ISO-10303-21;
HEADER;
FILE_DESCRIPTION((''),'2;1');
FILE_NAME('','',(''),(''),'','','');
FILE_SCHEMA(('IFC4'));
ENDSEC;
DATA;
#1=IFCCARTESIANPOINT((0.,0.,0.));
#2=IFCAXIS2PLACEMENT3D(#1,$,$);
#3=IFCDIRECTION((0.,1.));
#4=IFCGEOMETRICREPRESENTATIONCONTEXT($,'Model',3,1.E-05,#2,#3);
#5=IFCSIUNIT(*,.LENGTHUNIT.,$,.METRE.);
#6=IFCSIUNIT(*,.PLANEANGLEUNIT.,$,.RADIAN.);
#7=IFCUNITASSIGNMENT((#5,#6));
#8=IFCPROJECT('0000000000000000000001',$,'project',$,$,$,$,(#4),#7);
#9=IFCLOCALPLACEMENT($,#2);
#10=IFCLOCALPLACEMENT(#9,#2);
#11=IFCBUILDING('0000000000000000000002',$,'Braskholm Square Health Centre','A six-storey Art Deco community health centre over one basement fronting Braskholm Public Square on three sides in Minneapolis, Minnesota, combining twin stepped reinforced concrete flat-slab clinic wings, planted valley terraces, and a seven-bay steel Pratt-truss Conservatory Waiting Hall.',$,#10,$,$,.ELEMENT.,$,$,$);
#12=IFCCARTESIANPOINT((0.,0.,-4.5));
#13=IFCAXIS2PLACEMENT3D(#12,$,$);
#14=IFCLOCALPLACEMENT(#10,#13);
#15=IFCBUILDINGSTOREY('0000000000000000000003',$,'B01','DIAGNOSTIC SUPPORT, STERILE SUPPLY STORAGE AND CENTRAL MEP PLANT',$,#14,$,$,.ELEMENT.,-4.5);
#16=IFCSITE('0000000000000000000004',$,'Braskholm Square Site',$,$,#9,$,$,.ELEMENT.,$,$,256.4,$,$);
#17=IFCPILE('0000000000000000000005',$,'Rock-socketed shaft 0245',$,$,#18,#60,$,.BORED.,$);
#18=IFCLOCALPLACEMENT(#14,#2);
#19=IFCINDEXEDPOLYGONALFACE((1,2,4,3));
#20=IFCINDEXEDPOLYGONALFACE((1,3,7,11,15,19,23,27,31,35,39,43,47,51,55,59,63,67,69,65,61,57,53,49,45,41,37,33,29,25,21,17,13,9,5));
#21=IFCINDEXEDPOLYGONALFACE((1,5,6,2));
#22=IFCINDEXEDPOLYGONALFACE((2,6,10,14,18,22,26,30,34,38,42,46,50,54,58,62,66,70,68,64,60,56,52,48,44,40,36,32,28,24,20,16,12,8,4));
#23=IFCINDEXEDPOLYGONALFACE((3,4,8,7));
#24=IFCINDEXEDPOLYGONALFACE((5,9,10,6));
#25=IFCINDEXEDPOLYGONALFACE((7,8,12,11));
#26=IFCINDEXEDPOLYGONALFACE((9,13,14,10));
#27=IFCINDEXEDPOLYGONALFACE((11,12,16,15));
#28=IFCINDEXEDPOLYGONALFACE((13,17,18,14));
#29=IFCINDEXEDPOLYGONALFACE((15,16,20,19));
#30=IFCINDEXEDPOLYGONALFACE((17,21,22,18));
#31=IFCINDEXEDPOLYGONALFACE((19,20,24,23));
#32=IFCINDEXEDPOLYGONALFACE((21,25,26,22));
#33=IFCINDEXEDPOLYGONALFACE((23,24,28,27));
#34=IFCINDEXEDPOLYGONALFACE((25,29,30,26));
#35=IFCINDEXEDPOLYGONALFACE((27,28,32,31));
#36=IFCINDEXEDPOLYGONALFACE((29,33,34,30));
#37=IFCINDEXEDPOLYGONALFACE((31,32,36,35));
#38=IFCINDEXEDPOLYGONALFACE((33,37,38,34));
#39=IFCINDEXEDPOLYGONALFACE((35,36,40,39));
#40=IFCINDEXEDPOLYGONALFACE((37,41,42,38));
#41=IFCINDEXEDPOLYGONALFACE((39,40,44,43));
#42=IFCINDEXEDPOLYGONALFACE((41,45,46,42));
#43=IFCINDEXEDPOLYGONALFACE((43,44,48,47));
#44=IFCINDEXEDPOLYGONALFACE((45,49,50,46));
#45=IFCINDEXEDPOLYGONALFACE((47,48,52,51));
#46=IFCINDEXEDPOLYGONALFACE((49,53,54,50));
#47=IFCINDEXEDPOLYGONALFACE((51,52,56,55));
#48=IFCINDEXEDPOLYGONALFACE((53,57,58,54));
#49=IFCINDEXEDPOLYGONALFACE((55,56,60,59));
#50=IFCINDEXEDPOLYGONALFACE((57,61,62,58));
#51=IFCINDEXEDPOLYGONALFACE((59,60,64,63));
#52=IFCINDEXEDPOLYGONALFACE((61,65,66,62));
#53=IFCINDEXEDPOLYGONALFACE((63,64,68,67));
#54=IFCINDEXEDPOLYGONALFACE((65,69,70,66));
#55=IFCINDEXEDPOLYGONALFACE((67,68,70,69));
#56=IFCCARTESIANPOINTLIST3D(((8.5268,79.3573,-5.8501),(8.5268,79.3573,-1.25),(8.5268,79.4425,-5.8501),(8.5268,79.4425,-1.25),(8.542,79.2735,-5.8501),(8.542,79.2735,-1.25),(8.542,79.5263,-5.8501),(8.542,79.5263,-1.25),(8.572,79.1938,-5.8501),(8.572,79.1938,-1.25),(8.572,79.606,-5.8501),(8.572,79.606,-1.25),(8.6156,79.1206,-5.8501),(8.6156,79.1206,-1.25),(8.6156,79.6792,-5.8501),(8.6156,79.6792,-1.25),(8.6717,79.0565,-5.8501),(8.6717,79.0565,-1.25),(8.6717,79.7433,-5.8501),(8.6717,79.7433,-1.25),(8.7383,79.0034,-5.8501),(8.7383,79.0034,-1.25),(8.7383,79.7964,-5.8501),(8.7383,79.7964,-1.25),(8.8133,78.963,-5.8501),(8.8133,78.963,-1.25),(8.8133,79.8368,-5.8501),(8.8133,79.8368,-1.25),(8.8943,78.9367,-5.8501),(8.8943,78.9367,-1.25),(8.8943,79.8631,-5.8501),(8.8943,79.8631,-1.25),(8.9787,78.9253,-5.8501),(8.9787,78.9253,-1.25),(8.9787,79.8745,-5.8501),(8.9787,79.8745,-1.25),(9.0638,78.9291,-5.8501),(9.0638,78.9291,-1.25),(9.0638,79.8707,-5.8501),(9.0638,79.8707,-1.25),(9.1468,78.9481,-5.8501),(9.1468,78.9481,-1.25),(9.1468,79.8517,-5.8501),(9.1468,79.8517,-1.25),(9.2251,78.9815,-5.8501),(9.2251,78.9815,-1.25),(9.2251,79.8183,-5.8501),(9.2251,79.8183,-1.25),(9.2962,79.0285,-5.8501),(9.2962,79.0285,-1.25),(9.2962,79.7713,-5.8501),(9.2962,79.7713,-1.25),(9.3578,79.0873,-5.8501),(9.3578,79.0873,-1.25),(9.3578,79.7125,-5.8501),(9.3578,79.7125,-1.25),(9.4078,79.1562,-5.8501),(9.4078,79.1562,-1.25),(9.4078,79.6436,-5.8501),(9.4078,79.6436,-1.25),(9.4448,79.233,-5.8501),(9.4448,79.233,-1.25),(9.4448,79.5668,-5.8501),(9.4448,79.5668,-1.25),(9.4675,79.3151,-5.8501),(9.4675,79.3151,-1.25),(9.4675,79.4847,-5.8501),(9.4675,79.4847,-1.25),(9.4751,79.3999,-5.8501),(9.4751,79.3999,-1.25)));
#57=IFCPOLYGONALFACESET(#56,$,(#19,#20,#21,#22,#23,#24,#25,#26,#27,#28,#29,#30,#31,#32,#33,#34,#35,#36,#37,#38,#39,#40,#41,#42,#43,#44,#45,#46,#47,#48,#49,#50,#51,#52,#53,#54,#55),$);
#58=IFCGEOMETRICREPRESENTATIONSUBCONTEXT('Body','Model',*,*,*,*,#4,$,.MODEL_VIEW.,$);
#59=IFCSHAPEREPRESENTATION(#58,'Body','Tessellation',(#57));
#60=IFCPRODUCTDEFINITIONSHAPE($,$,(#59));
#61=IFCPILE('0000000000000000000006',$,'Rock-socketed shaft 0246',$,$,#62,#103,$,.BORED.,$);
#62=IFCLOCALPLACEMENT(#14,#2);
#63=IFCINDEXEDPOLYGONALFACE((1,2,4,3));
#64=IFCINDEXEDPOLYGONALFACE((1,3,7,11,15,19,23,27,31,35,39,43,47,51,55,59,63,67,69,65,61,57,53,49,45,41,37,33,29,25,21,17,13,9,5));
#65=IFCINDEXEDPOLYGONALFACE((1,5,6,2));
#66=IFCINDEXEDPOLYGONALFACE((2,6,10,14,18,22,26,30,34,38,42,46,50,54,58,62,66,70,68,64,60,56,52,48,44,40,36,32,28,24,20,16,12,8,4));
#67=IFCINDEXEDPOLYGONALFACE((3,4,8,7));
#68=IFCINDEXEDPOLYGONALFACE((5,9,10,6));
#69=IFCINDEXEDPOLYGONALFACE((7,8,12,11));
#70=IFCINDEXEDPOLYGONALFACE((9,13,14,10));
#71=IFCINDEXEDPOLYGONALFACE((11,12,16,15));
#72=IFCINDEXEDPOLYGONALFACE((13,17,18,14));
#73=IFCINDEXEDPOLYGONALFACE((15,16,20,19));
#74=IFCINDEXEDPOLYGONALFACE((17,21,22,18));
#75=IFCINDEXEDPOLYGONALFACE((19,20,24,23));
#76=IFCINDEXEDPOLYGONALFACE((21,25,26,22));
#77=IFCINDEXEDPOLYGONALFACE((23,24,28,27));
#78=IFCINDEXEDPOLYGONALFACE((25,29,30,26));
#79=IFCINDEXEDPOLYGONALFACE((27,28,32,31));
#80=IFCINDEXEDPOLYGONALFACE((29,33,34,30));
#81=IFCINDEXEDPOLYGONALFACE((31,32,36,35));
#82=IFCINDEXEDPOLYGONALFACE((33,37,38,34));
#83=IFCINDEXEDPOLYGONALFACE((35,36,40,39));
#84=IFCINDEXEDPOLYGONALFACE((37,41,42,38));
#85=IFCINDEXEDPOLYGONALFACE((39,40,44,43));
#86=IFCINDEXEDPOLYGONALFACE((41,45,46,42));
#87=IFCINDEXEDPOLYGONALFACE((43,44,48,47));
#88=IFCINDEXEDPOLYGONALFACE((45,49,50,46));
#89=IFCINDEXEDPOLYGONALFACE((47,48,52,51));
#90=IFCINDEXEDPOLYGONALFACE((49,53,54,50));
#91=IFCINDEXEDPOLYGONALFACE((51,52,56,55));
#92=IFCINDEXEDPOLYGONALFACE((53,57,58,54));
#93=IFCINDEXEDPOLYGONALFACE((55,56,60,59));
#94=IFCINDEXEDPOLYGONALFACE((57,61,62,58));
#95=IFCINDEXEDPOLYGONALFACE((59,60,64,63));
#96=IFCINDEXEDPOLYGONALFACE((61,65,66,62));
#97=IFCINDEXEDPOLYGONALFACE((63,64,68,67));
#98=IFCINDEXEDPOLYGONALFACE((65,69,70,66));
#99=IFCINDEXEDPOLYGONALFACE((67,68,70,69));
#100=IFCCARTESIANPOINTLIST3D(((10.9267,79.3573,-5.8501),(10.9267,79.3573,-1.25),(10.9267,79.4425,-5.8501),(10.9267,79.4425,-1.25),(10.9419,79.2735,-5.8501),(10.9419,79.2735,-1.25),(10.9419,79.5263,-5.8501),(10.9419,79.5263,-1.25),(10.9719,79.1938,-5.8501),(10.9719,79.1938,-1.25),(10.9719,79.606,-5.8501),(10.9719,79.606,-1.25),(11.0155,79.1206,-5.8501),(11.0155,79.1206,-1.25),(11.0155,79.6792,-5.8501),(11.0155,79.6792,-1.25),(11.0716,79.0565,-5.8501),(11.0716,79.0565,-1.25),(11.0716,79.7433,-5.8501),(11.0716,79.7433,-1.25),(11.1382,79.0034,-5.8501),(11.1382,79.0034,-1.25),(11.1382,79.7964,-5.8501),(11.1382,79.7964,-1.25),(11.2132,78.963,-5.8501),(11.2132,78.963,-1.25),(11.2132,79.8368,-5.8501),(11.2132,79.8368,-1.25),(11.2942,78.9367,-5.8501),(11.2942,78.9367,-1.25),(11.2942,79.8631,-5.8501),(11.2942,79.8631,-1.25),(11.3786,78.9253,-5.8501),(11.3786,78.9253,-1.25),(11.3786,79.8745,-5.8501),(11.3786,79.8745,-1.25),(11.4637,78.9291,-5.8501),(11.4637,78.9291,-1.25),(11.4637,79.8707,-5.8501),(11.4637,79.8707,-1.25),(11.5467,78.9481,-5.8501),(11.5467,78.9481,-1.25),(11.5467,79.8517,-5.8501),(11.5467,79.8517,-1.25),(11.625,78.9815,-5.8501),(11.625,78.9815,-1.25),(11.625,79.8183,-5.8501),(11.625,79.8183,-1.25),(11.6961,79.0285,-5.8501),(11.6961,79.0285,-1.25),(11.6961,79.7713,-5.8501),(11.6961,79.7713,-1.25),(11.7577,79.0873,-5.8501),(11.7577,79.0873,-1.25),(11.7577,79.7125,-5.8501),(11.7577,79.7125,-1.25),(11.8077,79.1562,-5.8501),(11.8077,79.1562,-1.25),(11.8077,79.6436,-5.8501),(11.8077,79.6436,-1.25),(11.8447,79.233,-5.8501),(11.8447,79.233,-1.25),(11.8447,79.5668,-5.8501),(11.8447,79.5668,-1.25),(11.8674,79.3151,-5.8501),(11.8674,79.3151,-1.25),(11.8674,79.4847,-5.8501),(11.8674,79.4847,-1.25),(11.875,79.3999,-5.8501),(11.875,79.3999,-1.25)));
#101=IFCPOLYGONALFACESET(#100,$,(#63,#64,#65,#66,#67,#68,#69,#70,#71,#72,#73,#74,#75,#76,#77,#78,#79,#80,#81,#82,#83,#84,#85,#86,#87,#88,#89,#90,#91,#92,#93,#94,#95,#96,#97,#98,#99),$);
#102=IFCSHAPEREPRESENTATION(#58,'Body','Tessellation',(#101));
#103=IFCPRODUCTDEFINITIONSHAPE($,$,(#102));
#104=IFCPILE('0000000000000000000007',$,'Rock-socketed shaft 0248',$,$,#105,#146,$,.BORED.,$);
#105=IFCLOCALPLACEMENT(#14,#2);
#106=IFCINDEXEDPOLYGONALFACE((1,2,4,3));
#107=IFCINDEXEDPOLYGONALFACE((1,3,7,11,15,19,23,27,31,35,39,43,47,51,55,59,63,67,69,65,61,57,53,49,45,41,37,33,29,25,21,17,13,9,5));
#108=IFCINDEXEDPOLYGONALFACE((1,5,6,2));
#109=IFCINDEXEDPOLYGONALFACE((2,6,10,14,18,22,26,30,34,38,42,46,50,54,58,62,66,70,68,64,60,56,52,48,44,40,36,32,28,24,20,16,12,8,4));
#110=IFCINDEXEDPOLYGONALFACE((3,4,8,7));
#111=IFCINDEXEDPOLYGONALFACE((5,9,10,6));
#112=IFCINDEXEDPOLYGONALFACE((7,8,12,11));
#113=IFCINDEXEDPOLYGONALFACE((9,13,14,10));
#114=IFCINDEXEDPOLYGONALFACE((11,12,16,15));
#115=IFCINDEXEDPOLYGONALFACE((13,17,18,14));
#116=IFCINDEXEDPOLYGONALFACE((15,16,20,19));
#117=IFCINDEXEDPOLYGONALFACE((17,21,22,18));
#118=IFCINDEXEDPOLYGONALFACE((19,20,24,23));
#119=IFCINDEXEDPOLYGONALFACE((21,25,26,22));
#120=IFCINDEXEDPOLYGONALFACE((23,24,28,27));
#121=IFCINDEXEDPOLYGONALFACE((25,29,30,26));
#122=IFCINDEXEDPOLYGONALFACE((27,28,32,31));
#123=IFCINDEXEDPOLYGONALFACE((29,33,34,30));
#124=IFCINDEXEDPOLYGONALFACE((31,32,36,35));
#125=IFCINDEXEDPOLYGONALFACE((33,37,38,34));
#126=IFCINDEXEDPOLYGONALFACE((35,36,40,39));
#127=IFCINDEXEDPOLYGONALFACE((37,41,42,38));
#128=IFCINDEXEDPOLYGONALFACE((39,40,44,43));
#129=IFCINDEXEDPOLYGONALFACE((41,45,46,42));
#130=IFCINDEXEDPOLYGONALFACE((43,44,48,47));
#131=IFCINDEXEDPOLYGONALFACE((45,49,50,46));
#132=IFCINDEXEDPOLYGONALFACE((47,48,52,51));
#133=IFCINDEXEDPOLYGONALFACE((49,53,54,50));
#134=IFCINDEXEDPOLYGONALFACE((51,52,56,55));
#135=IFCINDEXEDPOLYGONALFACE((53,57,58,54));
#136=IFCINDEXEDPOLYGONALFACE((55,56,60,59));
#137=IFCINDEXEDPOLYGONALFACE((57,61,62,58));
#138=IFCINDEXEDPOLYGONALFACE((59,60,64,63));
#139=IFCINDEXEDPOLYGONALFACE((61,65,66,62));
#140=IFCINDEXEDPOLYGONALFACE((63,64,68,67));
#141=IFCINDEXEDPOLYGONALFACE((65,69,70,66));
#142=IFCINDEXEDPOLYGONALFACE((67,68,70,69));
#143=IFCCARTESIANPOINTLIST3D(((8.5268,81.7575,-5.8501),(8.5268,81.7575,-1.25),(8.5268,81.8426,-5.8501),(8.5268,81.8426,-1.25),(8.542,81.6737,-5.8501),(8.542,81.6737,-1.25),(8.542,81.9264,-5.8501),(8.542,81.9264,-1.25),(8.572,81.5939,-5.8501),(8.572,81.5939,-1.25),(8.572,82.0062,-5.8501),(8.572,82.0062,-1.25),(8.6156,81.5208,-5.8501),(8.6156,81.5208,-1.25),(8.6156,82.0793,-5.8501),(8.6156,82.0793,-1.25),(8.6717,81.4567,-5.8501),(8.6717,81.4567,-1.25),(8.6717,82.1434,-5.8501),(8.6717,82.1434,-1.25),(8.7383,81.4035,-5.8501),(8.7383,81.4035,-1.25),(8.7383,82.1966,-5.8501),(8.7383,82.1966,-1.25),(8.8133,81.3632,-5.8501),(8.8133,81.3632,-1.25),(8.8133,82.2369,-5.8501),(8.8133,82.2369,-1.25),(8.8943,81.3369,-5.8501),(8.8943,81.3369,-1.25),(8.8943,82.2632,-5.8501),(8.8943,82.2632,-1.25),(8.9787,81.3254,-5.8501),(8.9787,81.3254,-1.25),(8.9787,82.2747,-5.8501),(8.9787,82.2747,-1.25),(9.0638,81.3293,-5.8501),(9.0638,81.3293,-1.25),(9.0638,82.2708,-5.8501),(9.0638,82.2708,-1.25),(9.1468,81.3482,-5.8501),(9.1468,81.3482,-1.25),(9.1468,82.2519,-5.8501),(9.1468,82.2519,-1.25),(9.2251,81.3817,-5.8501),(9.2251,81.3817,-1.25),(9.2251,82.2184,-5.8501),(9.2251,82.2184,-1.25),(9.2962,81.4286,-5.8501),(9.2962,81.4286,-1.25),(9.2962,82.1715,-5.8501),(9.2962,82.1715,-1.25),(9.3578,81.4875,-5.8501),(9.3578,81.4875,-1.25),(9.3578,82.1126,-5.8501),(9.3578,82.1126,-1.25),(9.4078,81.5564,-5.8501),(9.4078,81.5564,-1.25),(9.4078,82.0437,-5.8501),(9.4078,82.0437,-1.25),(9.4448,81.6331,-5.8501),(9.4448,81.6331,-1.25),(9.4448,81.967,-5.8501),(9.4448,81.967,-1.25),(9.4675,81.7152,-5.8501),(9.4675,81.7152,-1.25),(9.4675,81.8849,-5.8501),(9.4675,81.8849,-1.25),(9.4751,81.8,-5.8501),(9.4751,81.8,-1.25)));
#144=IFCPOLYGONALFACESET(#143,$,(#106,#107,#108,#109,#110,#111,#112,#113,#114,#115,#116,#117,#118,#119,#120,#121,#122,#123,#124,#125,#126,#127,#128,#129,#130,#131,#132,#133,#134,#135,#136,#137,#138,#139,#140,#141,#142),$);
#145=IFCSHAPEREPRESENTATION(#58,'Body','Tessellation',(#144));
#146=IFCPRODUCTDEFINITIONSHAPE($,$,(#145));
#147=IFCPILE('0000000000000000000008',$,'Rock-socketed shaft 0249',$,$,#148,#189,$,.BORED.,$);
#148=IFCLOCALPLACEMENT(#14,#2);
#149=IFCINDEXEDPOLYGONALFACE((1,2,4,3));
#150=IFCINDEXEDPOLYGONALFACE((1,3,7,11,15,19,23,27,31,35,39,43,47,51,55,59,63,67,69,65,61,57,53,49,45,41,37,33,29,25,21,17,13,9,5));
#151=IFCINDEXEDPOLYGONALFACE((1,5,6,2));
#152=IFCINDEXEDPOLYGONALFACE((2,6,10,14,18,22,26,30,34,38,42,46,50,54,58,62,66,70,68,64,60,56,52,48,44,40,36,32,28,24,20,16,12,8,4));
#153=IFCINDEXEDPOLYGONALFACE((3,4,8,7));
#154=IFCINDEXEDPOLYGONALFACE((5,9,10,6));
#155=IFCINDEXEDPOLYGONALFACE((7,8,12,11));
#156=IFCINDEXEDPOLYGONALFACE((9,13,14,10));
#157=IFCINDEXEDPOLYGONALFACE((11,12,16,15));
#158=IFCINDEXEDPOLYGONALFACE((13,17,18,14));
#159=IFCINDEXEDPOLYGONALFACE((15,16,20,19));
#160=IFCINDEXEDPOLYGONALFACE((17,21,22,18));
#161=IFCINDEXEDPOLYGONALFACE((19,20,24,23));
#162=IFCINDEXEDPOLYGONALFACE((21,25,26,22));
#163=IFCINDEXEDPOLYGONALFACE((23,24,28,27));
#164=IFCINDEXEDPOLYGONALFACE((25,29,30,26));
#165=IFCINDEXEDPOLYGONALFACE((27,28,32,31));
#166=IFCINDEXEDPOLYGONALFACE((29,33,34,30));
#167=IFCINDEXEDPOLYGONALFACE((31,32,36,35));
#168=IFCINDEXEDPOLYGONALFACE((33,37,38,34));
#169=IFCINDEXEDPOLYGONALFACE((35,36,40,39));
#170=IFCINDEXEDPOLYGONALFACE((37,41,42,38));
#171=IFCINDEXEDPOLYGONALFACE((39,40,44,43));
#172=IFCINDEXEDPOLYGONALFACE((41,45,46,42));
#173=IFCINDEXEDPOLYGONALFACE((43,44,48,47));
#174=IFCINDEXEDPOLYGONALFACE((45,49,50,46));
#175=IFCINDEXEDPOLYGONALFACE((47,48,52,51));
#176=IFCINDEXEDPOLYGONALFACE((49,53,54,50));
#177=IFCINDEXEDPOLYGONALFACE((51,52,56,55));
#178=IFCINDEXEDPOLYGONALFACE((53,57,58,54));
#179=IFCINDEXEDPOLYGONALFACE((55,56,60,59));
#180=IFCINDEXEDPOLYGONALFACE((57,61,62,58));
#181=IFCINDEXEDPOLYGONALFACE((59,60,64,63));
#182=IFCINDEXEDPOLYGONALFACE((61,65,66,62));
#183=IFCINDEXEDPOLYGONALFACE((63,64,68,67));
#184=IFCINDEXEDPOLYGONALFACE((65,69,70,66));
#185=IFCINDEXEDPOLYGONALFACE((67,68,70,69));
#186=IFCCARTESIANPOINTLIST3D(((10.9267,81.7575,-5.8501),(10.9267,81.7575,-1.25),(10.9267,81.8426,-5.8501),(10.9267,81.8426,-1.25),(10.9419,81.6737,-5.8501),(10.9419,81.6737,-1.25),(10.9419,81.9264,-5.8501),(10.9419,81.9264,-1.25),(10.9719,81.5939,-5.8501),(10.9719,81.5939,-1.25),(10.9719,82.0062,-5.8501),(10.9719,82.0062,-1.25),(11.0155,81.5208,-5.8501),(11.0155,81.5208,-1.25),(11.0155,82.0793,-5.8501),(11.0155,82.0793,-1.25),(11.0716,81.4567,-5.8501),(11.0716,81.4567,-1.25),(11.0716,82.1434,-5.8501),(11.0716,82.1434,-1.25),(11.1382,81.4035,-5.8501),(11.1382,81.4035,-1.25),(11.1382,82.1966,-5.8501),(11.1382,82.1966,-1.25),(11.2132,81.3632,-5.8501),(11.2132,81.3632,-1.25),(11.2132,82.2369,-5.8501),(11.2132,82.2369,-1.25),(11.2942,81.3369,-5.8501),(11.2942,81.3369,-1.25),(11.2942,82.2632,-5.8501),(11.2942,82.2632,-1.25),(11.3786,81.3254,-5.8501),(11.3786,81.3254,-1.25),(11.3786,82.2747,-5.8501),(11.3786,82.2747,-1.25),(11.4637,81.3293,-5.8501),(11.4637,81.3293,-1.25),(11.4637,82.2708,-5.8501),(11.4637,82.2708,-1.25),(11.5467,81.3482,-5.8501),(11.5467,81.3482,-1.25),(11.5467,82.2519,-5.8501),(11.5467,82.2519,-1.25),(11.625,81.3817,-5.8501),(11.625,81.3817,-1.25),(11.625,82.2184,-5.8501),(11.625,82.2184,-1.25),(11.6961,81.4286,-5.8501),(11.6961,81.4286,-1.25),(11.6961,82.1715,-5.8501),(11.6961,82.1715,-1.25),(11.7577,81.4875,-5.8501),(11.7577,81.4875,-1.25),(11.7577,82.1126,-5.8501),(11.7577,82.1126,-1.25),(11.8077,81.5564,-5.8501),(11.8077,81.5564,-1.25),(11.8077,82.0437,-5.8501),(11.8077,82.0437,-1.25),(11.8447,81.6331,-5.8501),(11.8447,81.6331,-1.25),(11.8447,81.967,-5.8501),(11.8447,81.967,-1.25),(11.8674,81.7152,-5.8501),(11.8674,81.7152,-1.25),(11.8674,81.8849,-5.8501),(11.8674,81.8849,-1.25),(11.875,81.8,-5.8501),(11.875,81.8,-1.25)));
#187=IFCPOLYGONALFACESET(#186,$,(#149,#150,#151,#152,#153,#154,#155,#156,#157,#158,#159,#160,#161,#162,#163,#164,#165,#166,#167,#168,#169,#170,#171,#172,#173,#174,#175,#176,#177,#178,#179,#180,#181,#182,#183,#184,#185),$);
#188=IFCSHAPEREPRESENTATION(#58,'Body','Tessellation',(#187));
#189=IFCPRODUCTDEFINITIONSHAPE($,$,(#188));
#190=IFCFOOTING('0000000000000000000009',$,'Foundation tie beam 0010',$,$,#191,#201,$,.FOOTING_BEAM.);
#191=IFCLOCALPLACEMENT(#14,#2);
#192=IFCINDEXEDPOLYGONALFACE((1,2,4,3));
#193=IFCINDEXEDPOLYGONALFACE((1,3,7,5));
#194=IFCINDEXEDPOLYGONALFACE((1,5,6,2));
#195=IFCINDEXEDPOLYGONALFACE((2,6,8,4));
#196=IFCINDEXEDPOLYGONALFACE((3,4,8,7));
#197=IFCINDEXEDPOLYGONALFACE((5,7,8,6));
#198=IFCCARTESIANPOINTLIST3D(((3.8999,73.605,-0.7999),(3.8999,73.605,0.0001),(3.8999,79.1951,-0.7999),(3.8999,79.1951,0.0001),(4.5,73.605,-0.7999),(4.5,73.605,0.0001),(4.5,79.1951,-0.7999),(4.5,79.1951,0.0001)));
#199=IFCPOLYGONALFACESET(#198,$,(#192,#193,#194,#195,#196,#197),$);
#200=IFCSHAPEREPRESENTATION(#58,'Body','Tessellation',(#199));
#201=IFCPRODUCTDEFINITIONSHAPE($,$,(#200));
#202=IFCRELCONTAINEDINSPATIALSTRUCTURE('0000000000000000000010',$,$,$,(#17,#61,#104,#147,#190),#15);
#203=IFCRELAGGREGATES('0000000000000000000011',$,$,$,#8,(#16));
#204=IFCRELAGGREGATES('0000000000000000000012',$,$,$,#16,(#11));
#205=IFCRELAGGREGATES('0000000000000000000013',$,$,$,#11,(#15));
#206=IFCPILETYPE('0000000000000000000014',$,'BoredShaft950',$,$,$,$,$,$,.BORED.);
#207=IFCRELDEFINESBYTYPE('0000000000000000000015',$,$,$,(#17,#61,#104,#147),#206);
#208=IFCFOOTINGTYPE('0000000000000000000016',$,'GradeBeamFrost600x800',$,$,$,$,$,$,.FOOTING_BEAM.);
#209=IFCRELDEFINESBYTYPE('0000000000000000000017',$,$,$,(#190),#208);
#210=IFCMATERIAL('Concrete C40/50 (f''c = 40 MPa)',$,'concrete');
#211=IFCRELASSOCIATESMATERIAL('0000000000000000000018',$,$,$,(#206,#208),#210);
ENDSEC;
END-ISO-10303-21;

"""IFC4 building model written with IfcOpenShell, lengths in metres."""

from ifc_helpers import new_model, si_unit, direction, frame, origin, origin_2d, place, context, subcontext, project, spatial, rectangle, circle, extrude, material, material_profile, profile_set, type_object, element, save


model = new_model("IFC4")

# Units and contexts
model_context = context("Model", 3, precision=1e-05, world=origin(), true_north=direction((0.0, 1.0)))
body_context = subcontext(model_context, "Body", "Model", "MODEL_VIEW")
ifc_project = project(units=[si_unit("LENGTHUNIT", "METRE"), si_unit("PLANEANGLEUNIT", "RADIAN")], contexts=[model_context])

# Site, building, storey
site_placement = place(None, origin())
site = spatial("IfcSite", under=ifc_project, at=site_placement, Name="Braskholm Square Site", CompositionType="ELEMENT", RefElevation=256.4)
building_placement = place(site_placement, origin())
building = spatial("IfcBuilding", under=site, at=building_placement, Name="Braskholm Square Health Centre", Description="A six-storey Art Deco community health centre over one basement fronting Braskholm Public Square on three sides in Minneapolis, Minnesota, combining twin stepped reinforced concrete flat-slab clinic wings, planted valley terraces, and a seven-bay steel Pratt-truss Conservatory Waiting Hall.", CompositionType="ELEMENT")
storey_placement = place(building_placement, frame((0.0, 0.0, -4.5)))
storey = spatial("IfcBuildingStorey", under=building, at=storey_placement, Name="B01", Description="DIAGNOSTIC SUPPORT, STERILE SUPPLY STORAGE AND CENTRAL MEP PLANT", CompositionType="ELEMENT", Elevation=-4.5)

# Piles
ifc_material_1 = material(Name="Concrete C40/50 (f'c = 40 MPa)", Category="concrete")
ifc_material_profile_1 = material_profile(ifc_material_1, circle(Radius=0.4751, at=origin_2d()), Name="BORED-PILE-950")
ifc_profile_set_1 = profile_set([ifc_material_profile_1], Name="Concrete C40/50 (f'c = 40 MPa)")
pile_type_1 = type_object("IfcPileType", Name="BoredShaft950", PredefinedType="BORED", material=ifc_profile_set_1)
for number, where, z_axis, x_axis, name in (
    (1, (9.0, 79.3999, -1.25), (0.0, 0.0, -1.0), (1.0, 0.0, 0.0), "Rock-socketed shaft 0245"),
    (2, (11.3999, 79.3999, -1.25), (0.0, 0.0, -1.0), (1.0, 0.0, 0.0), "Rock-socketed shaft 0246"),
    (3, (9.0, 81.8, -1.25), (0.0, 0.0, -1.0), (1.0, 0.0, 0.0), "Rock-socketed shaft 0248"),
    (4, (11.3999, 81.8, -1.25), (0.0, 0.0, -1.0), (1.0, 0.0, 0.0), "Rock-socketed shaft 0249"),
):
    element("IfcPile", number, at=place(storey_placement, frame(where, z_axis=z_axis, x_axis=x_axis)), inside=storey, type_object=pile_type_1, Name=name, PredefinedType="BORED", context=body_context, shape_type="SweptSolid", body=[
        extrude(circle(Radius=0.4751, at=origin_2d()), origin(), (0.0, 0.0, 1.0), 4.6001),
    ])

# Footing
ifc_material_profile_2 = material_profile(ifc_material_1, rectangle(XDim=0.6001, YDim=0.8, at=origin_2d()), Name="FTG-600X800")
ifc_profile_set_2 = profile_set([ifc_material_profile_2], Name="Concrete C40/50 (f'c = 40 MPa)")
footing_type_1 = type_object("IfcFootingType", Name="GradeBeamFrost600x800", PredefinedType="FOOTING_BEAM", material=ifc_profile_set_2)
footing_1_placement = place(storey_placement, frame((4.2, 73.605, -0.3999), z_axis=(0.0, 1.0, 0.0), x_axis=(-1.0, 0.0, 0.0)))
element("IfcFooting", 5, at=footing_1_placement, inside=storey, type_object=footing_type_1, Name="Foundation tie beam 0010", PredefinedType="FOOTING_BEAM", context=body_context, shape_type="SweptSolid", body=[
    extrude(rectangle(XDim=0.6001, YDim=0.8, at=origin_2d()), origin(), (0.0, 0.0, 1.0), 5.5901),
])

save(model, "model.ifc")
